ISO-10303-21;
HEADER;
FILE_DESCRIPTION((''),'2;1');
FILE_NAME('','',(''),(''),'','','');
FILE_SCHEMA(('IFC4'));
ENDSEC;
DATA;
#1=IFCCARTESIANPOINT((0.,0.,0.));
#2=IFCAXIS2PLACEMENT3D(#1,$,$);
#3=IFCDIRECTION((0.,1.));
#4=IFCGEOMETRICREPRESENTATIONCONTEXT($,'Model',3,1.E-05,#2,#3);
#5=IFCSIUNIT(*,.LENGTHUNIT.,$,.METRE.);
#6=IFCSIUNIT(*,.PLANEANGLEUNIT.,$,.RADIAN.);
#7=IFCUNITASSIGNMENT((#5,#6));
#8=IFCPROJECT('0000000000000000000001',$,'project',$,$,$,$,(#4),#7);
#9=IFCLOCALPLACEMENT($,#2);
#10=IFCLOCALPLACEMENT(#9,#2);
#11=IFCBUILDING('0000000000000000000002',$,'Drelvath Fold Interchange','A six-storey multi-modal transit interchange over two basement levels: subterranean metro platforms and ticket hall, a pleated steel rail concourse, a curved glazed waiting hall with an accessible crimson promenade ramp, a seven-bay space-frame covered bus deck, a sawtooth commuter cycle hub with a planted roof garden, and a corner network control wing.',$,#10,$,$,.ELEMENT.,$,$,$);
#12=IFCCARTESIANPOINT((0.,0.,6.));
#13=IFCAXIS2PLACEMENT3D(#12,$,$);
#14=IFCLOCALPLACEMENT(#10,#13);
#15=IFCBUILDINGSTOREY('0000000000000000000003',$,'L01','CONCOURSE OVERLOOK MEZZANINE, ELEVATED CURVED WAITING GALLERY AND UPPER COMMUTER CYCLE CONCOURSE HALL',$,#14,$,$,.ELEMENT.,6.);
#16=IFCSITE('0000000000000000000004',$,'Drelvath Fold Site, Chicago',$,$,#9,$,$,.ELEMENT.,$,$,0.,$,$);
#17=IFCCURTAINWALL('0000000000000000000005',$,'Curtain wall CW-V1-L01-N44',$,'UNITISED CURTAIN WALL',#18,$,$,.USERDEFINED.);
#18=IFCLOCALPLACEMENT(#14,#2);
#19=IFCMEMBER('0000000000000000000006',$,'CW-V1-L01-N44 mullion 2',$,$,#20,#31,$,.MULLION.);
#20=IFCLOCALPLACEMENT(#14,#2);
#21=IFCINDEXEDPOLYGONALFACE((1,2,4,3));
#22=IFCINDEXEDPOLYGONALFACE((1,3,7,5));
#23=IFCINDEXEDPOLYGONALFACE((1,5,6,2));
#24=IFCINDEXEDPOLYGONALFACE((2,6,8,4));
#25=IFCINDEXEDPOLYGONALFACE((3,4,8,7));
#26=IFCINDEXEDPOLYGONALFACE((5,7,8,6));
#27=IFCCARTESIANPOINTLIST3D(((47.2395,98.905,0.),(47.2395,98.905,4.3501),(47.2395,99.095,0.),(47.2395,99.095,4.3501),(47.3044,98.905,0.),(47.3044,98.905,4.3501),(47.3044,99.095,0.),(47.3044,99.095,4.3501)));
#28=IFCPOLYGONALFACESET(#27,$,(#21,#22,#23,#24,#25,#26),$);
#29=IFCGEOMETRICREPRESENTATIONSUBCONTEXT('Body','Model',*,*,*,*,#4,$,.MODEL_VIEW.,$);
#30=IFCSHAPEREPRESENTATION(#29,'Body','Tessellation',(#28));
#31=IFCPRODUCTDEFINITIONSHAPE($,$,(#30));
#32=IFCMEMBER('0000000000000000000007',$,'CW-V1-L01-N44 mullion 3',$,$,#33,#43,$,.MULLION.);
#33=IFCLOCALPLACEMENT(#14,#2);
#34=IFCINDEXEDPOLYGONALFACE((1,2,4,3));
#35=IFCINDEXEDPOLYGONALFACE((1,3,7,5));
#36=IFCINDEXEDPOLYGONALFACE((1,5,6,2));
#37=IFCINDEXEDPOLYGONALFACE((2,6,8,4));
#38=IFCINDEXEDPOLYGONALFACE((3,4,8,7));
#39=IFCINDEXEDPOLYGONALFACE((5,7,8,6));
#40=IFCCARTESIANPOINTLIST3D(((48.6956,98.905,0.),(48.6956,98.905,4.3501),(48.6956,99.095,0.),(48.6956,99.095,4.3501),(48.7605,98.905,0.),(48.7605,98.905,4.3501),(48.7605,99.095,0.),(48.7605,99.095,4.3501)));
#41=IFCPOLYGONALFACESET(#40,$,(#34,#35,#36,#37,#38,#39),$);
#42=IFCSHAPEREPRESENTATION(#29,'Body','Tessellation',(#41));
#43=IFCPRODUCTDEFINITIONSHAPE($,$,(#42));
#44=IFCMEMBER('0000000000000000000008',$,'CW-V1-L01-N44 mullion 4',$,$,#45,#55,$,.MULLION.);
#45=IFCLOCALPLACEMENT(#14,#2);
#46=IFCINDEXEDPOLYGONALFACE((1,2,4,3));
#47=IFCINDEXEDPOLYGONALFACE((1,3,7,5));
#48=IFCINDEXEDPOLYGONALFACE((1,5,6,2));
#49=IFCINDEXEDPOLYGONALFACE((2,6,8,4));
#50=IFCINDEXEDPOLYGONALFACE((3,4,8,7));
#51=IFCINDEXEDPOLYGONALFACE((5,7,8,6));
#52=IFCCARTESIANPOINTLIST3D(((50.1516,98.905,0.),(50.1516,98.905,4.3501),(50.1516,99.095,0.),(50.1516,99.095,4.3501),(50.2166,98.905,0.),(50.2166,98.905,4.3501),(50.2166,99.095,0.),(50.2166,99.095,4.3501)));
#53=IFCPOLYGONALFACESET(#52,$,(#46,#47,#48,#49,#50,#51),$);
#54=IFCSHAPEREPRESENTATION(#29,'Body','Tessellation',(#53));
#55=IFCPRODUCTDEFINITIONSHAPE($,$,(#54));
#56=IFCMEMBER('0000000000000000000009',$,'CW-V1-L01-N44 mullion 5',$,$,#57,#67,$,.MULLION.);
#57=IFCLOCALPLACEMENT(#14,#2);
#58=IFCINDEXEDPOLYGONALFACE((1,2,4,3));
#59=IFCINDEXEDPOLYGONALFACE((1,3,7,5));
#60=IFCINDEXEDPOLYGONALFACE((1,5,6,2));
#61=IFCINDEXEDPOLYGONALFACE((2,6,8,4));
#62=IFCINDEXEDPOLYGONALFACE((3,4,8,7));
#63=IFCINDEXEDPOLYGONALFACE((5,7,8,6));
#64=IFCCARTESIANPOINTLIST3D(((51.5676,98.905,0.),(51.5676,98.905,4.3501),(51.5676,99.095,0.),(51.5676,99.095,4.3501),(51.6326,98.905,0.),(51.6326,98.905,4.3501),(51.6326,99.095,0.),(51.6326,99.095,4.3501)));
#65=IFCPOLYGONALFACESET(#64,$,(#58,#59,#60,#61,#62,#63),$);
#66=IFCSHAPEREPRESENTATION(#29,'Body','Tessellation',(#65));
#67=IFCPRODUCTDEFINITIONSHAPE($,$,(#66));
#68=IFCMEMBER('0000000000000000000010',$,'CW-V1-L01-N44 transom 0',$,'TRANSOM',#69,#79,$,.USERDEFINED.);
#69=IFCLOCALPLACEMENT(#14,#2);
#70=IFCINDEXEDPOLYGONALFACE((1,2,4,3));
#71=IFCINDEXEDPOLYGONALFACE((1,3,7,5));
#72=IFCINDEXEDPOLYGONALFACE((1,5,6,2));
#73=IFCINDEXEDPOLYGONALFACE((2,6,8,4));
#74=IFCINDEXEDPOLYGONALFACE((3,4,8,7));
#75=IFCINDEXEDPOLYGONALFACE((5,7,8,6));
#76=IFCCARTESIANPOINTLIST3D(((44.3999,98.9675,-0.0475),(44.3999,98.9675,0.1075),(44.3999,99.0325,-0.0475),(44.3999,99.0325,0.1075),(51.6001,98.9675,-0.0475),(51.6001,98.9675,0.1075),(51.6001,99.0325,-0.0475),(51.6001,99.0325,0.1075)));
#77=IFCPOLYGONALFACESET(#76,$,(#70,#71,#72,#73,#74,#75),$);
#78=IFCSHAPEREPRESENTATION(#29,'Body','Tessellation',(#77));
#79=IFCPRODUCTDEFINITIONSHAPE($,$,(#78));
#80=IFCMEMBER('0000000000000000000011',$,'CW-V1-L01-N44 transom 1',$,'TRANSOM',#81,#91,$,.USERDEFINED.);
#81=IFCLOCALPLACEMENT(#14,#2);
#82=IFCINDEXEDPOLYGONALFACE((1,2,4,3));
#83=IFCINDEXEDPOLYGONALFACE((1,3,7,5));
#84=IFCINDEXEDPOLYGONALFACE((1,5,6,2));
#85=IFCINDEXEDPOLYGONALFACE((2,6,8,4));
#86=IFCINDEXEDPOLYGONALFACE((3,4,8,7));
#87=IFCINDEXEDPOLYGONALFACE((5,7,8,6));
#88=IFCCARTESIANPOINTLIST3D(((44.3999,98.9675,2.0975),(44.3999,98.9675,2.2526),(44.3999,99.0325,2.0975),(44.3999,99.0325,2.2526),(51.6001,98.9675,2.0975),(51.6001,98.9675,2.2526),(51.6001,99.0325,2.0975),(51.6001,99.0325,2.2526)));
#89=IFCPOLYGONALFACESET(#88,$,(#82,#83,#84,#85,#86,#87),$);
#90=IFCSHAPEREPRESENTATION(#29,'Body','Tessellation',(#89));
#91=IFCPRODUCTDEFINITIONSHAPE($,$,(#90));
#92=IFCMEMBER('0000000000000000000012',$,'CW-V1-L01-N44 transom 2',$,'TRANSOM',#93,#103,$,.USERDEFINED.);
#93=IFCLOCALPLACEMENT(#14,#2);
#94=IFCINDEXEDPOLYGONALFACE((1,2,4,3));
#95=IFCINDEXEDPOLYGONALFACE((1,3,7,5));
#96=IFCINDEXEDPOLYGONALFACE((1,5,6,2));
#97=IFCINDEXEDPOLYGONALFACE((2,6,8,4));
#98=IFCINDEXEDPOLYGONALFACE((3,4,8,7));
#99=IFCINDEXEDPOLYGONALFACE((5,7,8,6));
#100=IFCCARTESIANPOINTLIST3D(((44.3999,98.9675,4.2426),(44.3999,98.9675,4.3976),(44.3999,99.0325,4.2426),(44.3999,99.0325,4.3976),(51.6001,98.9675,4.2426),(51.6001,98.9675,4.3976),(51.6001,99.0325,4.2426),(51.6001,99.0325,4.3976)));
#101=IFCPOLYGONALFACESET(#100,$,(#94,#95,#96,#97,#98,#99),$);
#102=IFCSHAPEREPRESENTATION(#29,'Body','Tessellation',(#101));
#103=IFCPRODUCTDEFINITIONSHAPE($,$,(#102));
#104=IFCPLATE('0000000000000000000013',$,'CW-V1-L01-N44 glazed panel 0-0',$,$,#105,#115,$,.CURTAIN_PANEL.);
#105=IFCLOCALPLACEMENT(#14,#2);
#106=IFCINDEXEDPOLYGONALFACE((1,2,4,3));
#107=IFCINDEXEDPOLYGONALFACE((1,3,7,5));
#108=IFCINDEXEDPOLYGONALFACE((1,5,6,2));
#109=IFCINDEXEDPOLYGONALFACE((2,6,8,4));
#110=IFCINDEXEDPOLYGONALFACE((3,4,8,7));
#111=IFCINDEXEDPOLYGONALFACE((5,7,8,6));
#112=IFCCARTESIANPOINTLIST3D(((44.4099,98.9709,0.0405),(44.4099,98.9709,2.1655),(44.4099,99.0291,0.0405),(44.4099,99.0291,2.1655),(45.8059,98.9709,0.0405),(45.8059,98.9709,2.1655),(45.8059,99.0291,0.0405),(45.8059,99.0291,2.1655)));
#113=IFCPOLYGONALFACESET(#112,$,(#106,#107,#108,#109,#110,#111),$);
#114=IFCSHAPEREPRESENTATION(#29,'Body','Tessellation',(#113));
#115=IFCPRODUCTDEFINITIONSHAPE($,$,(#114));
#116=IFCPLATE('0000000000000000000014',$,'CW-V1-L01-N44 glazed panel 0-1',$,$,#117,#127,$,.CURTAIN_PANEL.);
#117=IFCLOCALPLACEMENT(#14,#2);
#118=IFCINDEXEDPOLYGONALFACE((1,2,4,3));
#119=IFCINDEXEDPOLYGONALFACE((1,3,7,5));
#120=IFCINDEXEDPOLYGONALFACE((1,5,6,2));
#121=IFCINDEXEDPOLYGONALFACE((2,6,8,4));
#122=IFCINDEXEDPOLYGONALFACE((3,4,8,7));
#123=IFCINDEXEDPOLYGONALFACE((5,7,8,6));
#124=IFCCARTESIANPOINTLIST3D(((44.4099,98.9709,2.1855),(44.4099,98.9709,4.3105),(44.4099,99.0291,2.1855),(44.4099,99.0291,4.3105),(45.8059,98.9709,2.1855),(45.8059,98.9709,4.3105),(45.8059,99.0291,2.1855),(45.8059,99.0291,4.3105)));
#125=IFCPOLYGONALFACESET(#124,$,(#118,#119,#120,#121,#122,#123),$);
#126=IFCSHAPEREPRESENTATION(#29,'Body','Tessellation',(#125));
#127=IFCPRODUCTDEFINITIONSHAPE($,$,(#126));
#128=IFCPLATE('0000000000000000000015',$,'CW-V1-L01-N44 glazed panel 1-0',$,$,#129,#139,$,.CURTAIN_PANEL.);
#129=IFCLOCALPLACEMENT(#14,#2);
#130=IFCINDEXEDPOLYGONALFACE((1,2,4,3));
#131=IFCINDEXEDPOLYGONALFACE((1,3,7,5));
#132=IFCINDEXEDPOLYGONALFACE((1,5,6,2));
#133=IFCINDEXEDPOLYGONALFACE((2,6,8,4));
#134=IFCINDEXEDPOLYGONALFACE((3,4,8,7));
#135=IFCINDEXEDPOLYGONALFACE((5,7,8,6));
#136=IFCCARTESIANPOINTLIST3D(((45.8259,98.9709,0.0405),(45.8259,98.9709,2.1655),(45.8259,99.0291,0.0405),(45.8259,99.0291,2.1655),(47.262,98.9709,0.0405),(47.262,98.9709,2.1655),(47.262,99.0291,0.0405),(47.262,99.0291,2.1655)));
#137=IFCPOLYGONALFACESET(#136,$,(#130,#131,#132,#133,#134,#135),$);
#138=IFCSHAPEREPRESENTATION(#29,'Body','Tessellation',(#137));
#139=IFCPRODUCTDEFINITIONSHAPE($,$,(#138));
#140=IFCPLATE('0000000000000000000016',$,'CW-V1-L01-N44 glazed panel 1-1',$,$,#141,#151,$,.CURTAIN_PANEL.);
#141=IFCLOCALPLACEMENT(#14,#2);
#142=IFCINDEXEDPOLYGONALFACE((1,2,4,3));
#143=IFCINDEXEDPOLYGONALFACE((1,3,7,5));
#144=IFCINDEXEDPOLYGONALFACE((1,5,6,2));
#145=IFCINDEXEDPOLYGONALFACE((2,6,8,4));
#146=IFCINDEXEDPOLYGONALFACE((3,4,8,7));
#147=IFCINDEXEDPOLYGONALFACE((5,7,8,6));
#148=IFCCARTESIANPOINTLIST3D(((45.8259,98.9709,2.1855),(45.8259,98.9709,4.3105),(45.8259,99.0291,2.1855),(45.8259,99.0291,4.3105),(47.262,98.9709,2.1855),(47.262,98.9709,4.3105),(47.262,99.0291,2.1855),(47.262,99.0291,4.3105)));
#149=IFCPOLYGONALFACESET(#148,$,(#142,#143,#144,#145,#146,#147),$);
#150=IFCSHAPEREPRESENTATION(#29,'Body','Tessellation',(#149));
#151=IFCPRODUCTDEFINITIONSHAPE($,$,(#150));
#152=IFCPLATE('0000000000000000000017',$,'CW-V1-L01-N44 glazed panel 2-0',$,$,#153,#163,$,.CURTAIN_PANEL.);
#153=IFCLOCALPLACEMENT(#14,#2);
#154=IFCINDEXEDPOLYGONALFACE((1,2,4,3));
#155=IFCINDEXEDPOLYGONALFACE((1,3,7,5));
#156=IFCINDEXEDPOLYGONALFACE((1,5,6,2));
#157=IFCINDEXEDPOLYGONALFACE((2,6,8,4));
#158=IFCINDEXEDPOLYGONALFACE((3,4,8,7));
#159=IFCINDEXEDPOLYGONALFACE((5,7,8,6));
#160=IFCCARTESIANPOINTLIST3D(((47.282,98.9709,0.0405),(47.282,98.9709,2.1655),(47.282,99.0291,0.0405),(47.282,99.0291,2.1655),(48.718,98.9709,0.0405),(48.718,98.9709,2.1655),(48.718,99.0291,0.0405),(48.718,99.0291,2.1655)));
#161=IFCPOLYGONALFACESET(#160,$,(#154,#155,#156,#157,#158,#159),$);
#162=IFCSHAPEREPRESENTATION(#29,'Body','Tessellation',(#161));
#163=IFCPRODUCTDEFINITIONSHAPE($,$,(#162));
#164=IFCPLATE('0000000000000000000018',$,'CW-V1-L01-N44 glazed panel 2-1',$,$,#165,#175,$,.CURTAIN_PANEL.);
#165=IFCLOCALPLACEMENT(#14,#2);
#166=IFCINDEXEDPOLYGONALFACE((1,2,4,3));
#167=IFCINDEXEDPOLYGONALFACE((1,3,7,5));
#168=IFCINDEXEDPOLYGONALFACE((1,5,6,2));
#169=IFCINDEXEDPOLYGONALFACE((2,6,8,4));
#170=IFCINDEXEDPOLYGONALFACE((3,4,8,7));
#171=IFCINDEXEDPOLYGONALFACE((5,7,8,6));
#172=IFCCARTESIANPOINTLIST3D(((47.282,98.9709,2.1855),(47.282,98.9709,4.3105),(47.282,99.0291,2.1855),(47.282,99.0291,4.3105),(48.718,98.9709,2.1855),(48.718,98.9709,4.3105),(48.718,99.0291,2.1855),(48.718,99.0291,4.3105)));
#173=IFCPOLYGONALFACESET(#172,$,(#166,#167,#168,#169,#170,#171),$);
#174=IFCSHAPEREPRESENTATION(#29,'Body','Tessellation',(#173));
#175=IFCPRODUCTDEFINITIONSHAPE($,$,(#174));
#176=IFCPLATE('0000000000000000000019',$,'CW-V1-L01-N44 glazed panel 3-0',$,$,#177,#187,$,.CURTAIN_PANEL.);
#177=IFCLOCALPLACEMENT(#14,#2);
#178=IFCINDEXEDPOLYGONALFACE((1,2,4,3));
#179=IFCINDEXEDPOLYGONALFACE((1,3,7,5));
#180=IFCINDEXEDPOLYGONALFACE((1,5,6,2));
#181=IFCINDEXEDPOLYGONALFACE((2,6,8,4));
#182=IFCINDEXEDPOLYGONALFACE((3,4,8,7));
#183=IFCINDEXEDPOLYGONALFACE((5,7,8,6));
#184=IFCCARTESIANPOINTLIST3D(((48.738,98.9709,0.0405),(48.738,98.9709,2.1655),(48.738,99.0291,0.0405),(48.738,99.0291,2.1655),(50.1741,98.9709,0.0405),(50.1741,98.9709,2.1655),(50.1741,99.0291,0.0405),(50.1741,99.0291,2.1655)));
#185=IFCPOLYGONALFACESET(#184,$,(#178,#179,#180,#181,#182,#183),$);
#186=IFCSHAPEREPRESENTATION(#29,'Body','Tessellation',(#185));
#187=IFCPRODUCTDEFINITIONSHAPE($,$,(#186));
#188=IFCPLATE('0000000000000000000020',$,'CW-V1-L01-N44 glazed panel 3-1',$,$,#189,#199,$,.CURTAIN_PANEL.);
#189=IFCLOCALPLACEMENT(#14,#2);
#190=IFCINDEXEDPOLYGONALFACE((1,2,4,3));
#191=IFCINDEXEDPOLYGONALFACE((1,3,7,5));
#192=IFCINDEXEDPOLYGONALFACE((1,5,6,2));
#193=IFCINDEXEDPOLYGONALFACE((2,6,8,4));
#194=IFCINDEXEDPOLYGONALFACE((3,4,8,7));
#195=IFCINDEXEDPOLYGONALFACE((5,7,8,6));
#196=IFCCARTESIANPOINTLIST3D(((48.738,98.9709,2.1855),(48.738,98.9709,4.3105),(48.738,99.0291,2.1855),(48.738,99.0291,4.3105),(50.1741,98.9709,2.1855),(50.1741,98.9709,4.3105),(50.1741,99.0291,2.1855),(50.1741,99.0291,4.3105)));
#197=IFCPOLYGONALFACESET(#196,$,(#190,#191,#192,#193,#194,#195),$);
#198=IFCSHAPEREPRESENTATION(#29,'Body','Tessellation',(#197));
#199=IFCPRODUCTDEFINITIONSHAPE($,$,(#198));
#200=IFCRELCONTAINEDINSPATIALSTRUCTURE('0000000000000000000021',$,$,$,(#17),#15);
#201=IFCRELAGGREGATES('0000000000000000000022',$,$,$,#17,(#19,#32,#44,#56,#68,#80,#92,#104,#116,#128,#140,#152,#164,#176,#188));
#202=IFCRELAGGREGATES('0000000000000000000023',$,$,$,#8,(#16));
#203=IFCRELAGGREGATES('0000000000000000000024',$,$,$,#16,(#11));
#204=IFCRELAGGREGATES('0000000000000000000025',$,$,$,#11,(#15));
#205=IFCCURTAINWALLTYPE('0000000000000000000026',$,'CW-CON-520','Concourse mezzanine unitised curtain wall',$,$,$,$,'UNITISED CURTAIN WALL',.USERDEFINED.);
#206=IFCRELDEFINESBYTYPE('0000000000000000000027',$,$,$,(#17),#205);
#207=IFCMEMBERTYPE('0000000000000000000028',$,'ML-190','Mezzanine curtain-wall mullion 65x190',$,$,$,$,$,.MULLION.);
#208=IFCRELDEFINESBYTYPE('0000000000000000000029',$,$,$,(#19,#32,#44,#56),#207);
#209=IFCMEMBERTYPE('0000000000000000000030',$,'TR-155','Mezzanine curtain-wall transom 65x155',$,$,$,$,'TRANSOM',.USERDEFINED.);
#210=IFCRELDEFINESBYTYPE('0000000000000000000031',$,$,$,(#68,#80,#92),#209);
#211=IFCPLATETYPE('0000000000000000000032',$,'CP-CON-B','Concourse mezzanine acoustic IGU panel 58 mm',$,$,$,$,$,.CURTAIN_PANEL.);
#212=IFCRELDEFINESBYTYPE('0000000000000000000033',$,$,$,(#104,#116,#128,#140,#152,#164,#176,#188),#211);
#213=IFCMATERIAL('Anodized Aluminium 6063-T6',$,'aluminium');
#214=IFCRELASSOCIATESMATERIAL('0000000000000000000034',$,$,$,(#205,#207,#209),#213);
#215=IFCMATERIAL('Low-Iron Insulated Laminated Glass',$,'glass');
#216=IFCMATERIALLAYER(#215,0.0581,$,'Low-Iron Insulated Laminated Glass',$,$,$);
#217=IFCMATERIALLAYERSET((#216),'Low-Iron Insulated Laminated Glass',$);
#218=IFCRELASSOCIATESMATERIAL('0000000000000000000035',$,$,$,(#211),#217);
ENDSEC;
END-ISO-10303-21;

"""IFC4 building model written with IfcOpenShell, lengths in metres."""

from ifc_helpers import new_model, si_unit, direction, frame, origin, origin_2d, place, context, subcontext, project, spatial, rectangle, extrude, material, layer, layer_set, material_profile, profile_set, type_object, element, aggregate, save


model = new_model("IFC4")

# Units and contexts
model_context = context("Model", 3, precision=1e-05, world=origin(), true_north=direction((0.0, 1.0)))
body_context = subcontext(model_context, "Body", "Model", "MODEL_VIEW")
ifc_project = project(units=[si_unit("LENGTHUNIT", "METRE"), si_unit("PLANEANGLEUNIT", "RADIAN")], contexts=[model_context])

# Site, building, storey
site_placement = place(None, origin())
site = spatial("IfcSite", under=ifc_project, at=site_placement, Name="Drelvath Fold Site, Chicago", CompositionType="ELEMENT", RefElevation=0.0)
building_placement = place(site_placement, origin())
building = spatial("IfcBuilding", under=site, at=building_placement, Name="Drelvath Fold Interchange", Description="A six-storey multi-modal transit interchange over two basement levels: subterranean metro platforms and ticket hall, a pleated steel rail concourse, a curved glazed waiting hall with an accessible crimson promenade ramp, a seven-bay space-frame covered bus deck, a sawtooth commuter cycle hub with a planted roof garden, and a corner network control wing.", CompositionType="ELEMENT")
storey_placement = place(building_placement, frame((0.0, 0.0, 6.0)))
storey = spatial("IfcBuildingStorey", under=building, at=storey_placement, Name="L01", Description="CONCOURSE OVERLOOK MEZZANINE, ELEVATED CURVED WAITING GALLERY AND UPPER COMMUTER CYCLE CONCOURSE HALL", CompositionType="ELEMENT", Elevation=6.0)

# Curtain wall, members, plates
ifc_material_1 = material(Name="Anodized Aluminium 6063-T6", Category="aluminium")
curtain_wall_type = type_object("IfcCurtainWallType", Name="CW-CON-520", Description="Concourse mezzanine unitised curtain wall", ElementType="UNITISED CURTAIN WALL", PredefinedType="USERDEFINED", material=ifc_material_1)
curtain_wall_placement = place(storey_placement, origin())
curtain_wall = element("IfcCurtainWall", 1, at=curtain_wall_placement, inside=storey, type_object=curtain_wall_type, Name="Curtain wall CW-V1-L01-N44", ObjectType="UNITISED CURTAIN WALL", PredefinedType="USERDEFINED")
ifc_material_profile_1 = material_profile(ifc_material_1, rectangle(XDim=0.0649, YDim=0.1899, at=origin_2d()), Name="AL-M 65x190")
ifc_profile_set_1 = profile_set([ifc_material_profile_1], Name="Anodized Aluminium 6063-T6")
member_type_1 = type_object("IfcMemberType", Name="ML-190", Description="Mezzanine curtain-wall mullion 65x190", PredefinedType="MULLION", material=ifc_profile_set_1)
member_1_placement = place(storey_placement, frame((47.272, 99.0, 0.0), z_axis=(0.0, 0.0, 1.0), x_axis=(1.0, 0.0, 0.0)))
member_1 = element("IfcMember", 2, at=member_1_placement, type_object=member_type_1, Name="CW-V1-L01-N44 mullion 2", PredefinedType="MULLION", context=body_context, shape_type="SweptSolid", body=[
    extrude(rectangle(XDim=0.0649, YDim=0.1899, at=origin_2d()), origin(), (0.0, 0.0, 1.0), 4.3501),
])
member_2_placement = place(storey_placement, frame((48.728, 99.0, 0.0), z_axis=(0.0, 0.0, 1.0), x_axis=(1.0, 0.0, 0.0)))
member_2 = element("IfcMember", 3, at=member_2_placement, type_object=member_type_1, Name="CW-V1-L01-N44 mullion 3", PredefinedType="MULLION", context=body_context, shape_type="SweptSolid", body=[
    extrude(rectangle(XDim=0.0649, YDim=0.1899, at=origin_2d()), origin(), (0.0, 0.0, 1.0), 4.3501),
])
member_3_placement = place(storey_placement, frame((50.1841, 99.0, 0.0), z_axis=(0.0, 0.0, 1.0), x_axis=(1.0, 0.0, 0.0)))
member_3 = element("IfcMember", 4, at=member_3_placement, type_object=member_type_1, Name="CW-V1-L01-N44 mullion 4", PredefinedType="MULLION", context=body_context, shape_type="SweptSolid", body=[
    extrude(rectangle(XDim=0.0649, YDim=0.1899, at=origin_2d()), origin(), (0.0, 0.0, 1.0), 4.3501),
])
member_4_placement = place(storey_placement, frame((51.6001, 99.0, 0.0), z_axis=(0.0, 0.0, 1.0), x_axis=(1.0, 0.0, 0.0)))
member_4 = element("IfcMember", 5, at=member_4_placement, type_object=member_type_1, Name="CW-V1-L01-N44 mullion 5", PredefinedType="MULLION", context=body_context, shape_type="SweptSolid", body=[
    extrude(rectangle(XDim=0.0649, YDim=0.1899, at=origin_2d()), origin(), (0.0, 0.0, 1.0), 4.3501),
])
ifc_material_profile_2 = material_profile(ifc_material_1, rectangle(XDim=0.0649, YDim=0.155, at=origin_2d()), Name="AL-T 65x155")
ifc_profile_set_2 = profile_set([ifc_material_profile_2], Name="Anodized Aluminium 6063-T6")
member_type_2 = type_object("IfcMemberType", Name="TR-155", Description="Mezzanine curtain-wall transom 65x155", ElementType="TRANSOM", PredefinedType="USERDEFINED", material=ifc_profile_set_2)
member_5_placement = place(storey_placement, frame((44.3999, 99.0, 0.03), z_axis=(1.0, 0.0, 0.0), x_axis=(0.0, 1.0, 0.0)))
member_5 = element("IfcMember", 6, at=member_5_placement, type_object=member_type_2, Name="CW-V1-L01-N44 transom 0", ObjectType="TRANSOM", PredefinedType="USERDEFINED", context=body_context, shape_type="SweptSolid", body=[
    extrude(rectangle(XDim=0.0649, YDim=0.155, at=origin_2d()), origin(), (0.0, 0.0, 1.0), 7.2002),
])
member_6_placement = place(storey_placement, frame((44.3999, 99.0, 2.175), z_axis=(1.0, 0.0, 0.0), x_axis=(0.0, 1.0, 0.0)))
member_6 = element("IfcMember", 7, at=member_6_placement, type_object=member_type_2, Name="CW-V1-L01-N44 transom 1", ObjectType="TRANSOM", PredefinedType="USERDEFINED", context=body_context, shape_type="SweptSolid", body=[
    extrude(rectangle(XDim=0.0649, YDim=0.155, at=origin_2d()), origin(), (0.0, 0.0, 1.0), 7.2002),
])
member_7_placement = place(storey_placement, frame((44.3999, 99.0, 4.3201), z_axis=(1.0, 0.0, 0.0), x_axis=(0.0, 1.0, 0.0)))
member_7 = element("IfcMember", 8, at=member_7_placement, type_object=member_type_2, Name="CW-V1-L01-N44 transom 2", ObjectType="TRANSOM", PredefinedType="USERDEFINED", context=body_context, shape_type="SweptSolid", body=[
    extrude(rectangle(XDim=0.0649, YDim=0.155, at=origin_2d()), origin(), (0.0, 0.0, 1.0), 7.2002),
])
ifc_material_2 = material(Name="Low-Iron Insulated Laminated Glass", Category="glass")
ifc_layer = layer(ifc_material_2, 0.0581, Name="Low-Iron Insulated Laminated Glass")
ifc_layer_set = layer_set([ifc_layer], Name="Low-Iron Insulated Laminated Glass")
plate_type = type_object("IfcPlateType", Name="CP-CON-B", Description="Concourse mezzanine acoustic IGU panel 58 mm", PredefinedType="CURTAIN_PANEL", material=ifc_layer_set)
plate_1_placement = place(storey_placement, frame((45.1079, 99.0, 0.0405), z_axis=(0.0, 0.0, 1.0), x_axis=(1.0, 0.0, 0.0)))
plate_1 = element("IfcPlate", 9, at=plate_1_placement, type_object=plate_type, Name="CW-V1-L01-N44 glazed panel 0-0", PredefinedType="CURTAIN_PANEL", context=body_context, shape_type="SweptSolid", body=[
    extrude(rectangle(XDim=1.396, YDim=0.0581, at=origin_2d()), origin(), (0.0, 0.0, 1.0), 2.125),
])
plate_2_placement = place(storey_placement, frame((45.1079, 99.0, 2.1855), z_axis=(0.0, 0.0, 1.0), x_axis=(1.0, 0.0, 0.0)))
plate_2 = element("IfcPlate", 10, at=plate_2_placement, type_object=plate_type, Name="CW-V1-L01-N44 glazed panel 0-1", PredefinedType="CURTAIN_PANEL", context=body_context, shape_type="SweptSolid", body=[
    extrude(rectangle(XDim=1.396, YDim=0.0581, at=origin_2d()), origin(), (0.0, 0.0, 1.0), 2.125),
])
plate_3_placement = place(storey_placement, frame((46.5439, 99.0, 0.0405), z_axis=(0.0, 0.0, 1.0), x_axis=(1.0, 0.0, 0.0)))
plate_3 = element("IfcPlate", 11, at=plate_3_placement, type_object=plate_type, Name="CW-V1-L01-N44 glazed panel 1-0", PredefinedType="CURTAIN_PANEL", context=body_context, shape_type="SweptSolid", body=[
    extrude(rectangle(XDim=1.436, YDim=0.0581, at=origin_2d()), origin(), (0.0, 0.0, 1.0), 2.125),
])
plate_4_placement = place(storey_placement, frame((46.5439, 99.0, 2.1855), z_axis=(0.0, 0.0, 1.0), x_axis=(1.0, 0.0, 0.0)))
plate_4 = element("IfcPlate", 12, at=plate_4_placement, type_object=plate_type, Name="CW-V1-L01-N44 glazed panel 1-1", PredefinedType="CURTAIN_PANEL", context=body_context, shape_type="SweptSolid", body=[
    extrude(rectangle(XDim=1.436, YDim=0.0581, at=origin_2d()), origin(), (0.0, 0.0, 1.0), 2.125),
])
plate_5_placement = place(storey_placement, frame((48.0, 99.0, 0.0405), z_axis=(0.0, 0.0, 1.0), x_axis=(1.0, 0.0, 0.0)))
plate_5 = element("IfcPlate", 13, at=plate_5_placement, type_object=plate_type, Name="CW-V1-L01-N44 glazed panel 2-0", PredefinedType="CURTAIN_PANEL", context=body_context, shape_type="SweptSolid", body=[
    extrude(rectangle(XDim=1.436, YDim=0.0581, at=origin_2d()), origin(), (0.0, 0.0, 1.0), 2.125),
])
plate_6_placement = place(storey_placement, frame((48.0, 99.0, 2.1855), z_axis=(0.0, 0.0, 1.0), x_axis=(1.0, 0.0, 0.0)))
plate_6 = element("IfcPlate", 14, at=plate_6_placement, type_object=plate_type, Name="CW-V1-L01-N44 glazed panel 2-1", PredefinedType="CURTAIN_PANEL", context=body_context, shape_type="SweptSolid", body=[
    extrude(rectangle(XDim=1.436, YDim=0.0581, at=origin_2d()), origin(), (0.0, 0.0, 1.0), 2.125),
])
plate_7_placement = place(storey_placement, frame((49.4561, 99.0, 0.0405), z_axis=(0.0, 0.0, 1.0), x_axis=(1.0, 0.0, 0.0)))
plate_7 = element("IfcPlate", 15, at=plate_7_placement, type_object=plate_type, Name="CW-V1-L01-N44 glazed panel 3-0", PredefinedType="CURTAIN_PANEL", context=body_context, shape_type="SweptSolid", body=[
    extrude(rectangle(XDim=1.436, YDim=0.0581, at=origin_2d()), origin(), (0.0, 0.0, 1.0), 2.125),
])
plate_8_placement = place(storey_placement, frame((49.4561, 99.0, 2.1855), z_axis=(0.0, 0.0, 1.0), x_axis=(1.0, 0.0, 0.0)))
plate_8 = element("IfcPlate", 16, at=plate_8_placement, type_object=plate_type, Name="CW-V1-L01-N44 glazed panel 3-1", PredefinedType="CURTAIN_PANEL", context=body_context, shape_type="SweptSolid", body=[
    extrude(rectangle(XDim=1.436, YDim=0.0581, at=origin_2d()), origin(), (0.0, 0.0, 1.0), 2.125),
])
aggregate(curtain_wall, [member_1, member_2, member_3, member_4, member_5, member_6, member_7, plate_1, plate_2, plate_3, plate_4, plate_5, plate_6, plate_7, plate_8])

save(model, "model.ifc")
